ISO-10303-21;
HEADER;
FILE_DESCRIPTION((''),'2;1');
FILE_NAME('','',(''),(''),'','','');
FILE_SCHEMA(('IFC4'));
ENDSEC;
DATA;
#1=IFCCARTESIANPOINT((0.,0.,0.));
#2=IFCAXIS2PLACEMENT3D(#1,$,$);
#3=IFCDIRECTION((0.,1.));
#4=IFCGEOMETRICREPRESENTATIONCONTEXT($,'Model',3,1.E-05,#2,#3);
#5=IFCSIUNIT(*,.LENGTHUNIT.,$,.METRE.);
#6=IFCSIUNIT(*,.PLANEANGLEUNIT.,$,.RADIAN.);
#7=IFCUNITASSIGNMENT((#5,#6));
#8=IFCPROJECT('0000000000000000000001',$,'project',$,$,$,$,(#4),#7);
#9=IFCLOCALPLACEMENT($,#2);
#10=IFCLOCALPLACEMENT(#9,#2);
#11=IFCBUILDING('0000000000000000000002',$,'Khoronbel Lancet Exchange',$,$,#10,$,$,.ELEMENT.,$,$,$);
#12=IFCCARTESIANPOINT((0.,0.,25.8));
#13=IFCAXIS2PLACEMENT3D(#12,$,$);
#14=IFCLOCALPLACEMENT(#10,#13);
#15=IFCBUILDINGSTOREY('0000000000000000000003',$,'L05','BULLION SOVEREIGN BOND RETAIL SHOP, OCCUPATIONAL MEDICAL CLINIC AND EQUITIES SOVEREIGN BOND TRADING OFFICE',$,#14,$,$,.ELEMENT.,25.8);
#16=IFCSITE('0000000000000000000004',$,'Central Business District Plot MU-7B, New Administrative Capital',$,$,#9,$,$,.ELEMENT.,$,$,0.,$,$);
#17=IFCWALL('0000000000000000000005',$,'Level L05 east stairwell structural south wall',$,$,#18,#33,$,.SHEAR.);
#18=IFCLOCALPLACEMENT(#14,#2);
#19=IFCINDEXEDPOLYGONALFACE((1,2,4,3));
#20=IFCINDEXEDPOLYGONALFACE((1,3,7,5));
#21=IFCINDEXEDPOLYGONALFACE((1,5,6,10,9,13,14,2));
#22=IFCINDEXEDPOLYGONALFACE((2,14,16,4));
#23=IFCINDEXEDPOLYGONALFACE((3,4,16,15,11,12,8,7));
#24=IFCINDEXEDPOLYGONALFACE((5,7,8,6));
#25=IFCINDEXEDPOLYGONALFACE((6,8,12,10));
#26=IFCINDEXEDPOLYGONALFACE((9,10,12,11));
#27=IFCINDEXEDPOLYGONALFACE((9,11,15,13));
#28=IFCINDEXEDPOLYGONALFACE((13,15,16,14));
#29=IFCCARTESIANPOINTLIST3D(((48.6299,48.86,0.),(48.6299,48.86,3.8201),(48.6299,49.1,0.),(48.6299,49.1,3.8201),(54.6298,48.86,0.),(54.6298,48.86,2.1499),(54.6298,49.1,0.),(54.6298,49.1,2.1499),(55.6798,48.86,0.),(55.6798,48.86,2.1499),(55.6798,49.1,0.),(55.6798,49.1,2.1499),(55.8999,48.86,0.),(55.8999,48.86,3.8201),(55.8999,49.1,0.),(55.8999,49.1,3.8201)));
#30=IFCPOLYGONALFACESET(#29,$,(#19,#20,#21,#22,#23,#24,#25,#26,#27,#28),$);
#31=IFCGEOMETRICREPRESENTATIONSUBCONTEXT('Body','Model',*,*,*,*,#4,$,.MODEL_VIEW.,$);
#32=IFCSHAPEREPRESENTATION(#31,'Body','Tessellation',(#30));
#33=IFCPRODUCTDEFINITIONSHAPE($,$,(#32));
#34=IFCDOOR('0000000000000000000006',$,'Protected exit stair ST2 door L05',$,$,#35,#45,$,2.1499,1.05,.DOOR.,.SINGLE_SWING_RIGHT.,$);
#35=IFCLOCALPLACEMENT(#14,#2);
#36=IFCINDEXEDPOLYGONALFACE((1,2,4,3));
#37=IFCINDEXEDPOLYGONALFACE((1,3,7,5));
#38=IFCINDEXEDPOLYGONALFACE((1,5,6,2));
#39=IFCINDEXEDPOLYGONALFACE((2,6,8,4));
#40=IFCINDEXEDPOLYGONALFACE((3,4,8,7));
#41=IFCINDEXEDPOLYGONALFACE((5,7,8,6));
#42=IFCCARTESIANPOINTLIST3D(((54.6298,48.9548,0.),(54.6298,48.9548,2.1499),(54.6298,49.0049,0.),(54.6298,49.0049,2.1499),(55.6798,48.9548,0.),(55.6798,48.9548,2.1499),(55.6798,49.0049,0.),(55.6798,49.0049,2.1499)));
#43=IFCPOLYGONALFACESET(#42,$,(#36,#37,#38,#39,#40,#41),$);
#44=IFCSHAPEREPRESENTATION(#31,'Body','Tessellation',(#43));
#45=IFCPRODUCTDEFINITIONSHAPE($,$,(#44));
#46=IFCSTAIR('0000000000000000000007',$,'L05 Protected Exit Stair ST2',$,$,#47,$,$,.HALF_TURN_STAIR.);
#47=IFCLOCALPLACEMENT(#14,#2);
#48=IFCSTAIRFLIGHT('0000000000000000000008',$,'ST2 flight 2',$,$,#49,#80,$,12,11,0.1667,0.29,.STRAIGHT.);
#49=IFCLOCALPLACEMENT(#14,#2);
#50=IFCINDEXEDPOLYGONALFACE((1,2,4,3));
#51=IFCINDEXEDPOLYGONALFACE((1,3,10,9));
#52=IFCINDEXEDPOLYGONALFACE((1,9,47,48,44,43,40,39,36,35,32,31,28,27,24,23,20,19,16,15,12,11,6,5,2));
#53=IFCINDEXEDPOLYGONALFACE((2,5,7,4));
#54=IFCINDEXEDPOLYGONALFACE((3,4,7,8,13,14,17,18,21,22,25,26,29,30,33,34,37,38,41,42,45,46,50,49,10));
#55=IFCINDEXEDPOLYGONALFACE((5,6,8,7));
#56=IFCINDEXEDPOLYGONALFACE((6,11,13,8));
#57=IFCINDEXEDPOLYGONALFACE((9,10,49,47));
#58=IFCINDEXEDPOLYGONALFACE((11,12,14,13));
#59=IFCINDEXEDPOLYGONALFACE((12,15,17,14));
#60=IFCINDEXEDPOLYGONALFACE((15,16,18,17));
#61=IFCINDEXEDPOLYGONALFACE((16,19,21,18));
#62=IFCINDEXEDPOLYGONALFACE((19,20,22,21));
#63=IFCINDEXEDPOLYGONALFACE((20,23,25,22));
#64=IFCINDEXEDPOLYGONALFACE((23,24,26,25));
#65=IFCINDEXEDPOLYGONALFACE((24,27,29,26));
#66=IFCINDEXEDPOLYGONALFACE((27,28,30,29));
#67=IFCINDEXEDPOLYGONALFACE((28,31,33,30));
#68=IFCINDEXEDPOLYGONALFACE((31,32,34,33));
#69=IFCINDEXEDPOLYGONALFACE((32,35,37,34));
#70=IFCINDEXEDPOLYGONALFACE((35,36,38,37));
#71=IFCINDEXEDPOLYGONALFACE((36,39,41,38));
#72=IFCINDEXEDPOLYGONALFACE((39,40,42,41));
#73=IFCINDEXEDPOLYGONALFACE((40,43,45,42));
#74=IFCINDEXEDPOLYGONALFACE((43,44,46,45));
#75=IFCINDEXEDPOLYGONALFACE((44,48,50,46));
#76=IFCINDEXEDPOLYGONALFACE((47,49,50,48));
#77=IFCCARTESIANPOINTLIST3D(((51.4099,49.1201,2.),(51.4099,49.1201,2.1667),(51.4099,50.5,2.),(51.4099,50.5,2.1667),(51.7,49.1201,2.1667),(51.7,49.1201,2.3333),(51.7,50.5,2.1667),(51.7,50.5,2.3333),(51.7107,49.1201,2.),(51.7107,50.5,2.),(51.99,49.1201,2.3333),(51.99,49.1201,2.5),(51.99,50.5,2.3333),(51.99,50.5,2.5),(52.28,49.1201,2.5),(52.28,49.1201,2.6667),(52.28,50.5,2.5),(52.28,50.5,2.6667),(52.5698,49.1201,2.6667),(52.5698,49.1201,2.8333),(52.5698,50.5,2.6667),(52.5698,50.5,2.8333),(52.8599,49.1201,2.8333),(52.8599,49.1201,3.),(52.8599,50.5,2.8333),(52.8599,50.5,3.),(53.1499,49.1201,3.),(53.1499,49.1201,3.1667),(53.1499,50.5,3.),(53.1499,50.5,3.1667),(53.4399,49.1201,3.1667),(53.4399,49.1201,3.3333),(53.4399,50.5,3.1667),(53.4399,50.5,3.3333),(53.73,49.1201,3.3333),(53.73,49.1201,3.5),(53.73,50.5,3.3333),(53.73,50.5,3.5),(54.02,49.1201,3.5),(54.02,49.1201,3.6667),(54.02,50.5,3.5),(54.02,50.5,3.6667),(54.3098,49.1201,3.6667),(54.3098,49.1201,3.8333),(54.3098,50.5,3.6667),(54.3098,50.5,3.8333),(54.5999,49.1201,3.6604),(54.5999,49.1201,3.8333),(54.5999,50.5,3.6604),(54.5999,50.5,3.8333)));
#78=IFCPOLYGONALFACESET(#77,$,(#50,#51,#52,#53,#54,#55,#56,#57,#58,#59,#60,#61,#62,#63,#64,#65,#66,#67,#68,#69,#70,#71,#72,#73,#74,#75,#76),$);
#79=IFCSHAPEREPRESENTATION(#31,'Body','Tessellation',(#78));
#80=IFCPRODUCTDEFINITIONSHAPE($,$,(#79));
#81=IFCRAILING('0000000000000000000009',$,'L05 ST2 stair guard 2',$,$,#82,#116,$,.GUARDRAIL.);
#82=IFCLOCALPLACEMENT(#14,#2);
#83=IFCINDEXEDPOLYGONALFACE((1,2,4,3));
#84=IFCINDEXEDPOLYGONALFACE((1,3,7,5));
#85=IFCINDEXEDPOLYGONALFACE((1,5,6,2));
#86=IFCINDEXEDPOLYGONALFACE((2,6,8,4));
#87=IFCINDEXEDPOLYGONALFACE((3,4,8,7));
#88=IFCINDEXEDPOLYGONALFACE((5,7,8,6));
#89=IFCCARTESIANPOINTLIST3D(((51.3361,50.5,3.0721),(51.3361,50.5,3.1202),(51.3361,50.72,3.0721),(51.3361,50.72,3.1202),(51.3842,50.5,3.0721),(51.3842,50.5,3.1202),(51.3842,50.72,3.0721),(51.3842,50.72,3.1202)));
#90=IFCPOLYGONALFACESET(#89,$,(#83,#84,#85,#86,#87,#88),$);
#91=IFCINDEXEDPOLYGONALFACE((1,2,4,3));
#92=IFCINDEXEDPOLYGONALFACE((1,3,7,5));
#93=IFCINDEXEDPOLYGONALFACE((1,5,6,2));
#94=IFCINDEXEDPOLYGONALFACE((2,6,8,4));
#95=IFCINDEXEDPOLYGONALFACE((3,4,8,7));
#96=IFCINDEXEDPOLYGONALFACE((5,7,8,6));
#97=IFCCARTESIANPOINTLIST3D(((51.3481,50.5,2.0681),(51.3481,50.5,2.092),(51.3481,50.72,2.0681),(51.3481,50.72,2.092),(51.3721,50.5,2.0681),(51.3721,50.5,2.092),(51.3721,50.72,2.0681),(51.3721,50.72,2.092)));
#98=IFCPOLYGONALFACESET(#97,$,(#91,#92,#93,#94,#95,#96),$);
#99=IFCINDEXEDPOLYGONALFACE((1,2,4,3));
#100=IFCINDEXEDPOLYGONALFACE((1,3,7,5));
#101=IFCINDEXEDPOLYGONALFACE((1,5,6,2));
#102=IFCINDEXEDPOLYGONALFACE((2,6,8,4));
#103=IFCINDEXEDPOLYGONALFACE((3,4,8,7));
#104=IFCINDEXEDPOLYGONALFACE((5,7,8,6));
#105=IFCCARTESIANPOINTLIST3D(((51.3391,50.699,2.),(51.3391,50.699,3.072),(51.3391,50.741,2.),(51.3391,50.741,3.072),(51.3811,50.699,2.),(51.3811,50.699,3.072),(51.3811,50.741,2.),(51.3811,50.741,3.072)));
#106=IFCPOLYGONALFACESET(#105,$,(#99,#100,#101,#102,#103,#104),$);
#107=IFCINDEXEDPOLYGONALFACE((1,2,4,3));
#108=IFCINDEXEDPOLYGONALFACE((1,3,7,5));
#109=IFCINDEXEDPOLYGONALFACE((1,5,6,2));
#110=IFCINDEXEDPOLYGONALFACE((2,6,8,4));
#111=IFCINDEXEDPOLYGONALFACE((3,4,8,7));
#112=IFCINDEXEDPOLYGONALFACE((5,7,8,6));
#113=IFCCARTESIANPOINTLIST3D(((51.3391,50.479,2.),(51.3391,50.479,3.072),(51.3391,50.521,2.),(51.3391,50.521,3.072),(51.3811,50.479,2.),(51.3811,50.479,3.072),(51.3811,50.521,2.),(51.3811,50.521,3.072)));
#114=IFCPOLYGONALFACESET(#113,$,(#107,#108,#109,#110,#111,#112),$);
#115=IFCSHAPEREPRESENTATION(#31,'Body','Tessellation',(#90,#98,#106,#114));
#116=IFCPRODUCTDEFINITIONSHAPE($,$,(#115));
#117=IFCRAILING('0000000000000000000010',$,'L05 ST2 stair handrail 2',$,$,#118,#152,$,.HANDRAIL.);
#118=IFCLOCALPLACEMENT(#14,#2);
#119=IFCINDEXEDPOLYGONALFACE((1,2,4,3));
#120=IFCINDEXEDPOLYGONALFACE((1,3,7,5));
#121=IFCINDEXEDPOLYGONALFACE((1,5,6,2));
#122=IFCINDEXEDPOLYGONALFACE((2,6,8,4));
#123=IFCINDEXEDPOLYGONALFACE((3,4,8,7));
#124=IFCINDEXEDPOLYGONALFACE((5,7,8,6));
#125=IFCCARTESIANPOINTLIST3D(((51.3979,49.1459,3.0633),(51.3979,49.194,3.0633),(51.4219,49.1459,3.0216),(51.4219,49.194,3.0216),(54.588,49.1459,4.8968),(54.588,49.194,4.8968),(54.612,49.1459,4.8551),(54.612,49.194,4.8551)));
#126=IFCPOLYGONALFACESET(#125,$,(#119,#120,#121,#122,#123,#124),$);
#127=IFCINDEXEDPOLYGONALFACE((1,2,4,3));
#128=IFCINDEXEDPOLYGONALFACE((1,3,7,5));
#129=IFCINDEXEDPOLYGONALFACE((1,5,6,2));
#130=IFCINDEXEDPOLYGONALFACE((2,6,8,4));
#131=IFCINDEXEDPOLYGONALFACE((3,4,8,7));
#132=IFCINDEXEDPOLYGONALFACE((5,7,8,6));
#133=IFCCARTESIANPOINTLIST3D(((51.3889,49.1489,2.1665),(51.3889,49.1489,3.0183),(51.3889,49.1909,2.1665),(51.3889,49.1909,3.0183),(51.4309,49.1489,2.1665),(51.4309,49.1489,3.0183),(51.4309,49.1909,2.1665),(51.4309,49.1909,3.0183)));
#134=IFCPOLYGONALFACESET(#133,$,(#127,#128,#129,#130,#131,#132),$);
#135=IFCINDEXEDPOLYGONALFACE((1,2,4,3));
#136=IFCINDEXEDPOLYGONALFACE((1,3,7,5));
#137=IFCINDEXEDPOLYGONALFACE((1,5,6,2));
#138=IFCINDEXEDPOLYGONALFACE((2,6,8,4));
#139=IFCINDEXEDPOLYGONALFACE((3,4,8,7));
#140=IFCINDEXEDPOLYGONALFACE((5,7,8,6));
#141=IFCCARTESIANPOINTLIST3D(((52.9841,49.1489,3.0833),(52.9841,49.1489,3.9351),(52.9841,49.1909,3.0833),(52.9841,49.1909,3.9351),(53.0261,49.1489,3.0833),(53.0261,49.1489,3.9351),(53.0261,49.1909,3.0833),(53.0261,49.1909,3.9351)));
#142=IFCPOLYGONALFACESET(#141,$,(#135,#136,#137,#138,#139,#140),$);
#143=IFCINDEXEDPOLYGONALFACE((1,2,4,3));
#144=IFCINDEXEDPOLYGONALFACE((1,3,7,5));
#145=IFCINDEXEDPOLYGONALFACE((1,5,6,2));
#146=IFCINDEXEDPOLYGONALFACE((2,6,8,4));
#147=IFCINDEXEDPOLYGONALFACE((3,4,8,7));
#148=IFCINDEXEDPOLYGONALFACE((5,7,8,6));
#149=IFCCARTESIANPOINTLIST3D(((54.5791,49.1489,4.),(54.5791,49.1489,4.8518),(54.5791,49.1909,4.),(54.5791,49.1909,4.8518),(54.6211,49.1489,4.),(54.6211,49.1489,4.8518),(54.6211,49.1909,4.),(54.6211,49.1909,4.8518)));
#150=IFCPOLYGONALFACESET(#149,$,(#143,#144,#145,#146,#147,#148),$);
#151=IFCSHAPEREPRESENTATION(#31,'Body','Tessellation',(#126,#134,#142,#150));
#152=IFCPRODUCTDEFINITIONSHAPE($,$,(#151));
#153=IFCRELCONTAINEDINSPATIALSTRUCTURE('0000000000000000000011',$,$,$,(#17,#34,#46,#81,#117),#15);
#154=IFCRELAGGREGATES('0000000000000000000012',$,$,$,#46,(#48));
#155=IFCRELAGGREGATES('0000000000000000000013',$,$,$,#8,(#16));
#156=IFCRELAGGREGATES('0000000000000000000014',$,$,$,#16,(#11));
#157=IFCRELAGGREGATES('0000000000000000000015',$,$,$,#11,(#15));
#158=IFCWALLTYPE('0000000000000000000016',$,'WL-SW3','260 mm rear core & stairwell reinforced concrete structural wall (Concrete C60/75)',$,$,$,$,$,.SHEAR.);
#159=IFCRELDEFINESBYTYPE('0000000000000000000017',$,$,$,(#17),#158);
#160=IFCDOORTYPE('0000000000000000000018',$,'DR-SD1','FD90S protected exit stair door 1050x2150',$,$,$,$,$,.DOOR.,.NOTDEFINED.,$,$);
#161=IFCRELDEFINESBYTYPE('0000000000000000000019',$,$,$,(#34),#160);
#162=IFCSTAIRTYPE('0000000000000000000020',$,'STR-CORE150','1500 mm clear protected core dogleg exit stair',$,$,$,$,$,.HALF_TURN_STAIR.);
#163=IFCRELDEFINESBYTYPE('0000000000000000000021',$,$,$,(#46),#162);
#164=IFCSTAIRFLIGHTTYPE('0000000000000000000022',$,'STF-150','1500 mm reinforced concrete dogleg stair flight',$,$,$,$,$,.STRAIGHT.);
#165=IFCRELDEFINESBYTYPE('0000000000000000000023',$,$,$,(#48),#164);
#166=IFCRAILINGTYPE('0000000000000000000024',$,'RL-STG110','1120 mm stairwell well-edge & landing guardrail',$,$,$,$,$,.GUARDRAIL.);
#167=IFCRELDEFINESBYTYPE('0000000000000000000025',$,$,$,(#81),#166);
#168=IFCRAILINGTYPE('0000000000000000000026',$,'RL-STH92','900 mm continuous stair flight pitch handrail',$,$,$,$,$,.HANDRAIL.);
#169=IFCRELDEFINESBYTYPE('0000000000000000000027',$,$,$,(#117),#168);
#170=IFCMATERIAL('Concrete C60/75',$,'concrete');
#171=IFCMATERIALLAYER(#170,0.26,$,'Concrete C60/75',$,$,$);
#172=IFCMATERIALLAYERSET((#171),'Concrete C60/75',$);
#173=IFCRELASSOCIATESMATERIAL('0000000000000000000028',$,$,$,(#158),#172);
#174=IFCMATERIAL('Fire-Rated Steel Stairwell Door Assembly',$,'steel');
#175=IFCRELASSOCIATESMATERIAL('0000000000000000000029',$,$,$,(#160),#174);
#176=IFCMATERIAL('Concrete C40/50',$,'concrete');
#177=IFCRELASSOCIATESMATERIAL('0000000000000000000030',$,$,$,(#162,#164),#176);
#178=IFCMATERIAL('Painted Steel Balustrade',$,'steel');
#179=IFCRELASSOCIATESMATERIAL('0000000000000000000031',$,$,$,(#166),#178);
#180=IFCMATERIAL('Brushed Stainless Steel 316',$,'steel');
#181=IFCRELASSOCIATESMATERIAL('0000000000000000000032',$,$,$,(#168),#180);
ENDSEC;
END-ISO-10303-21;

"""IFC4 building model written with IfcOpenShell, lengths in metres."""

from ifc_helpers import new_model, si_unit, direction, frame, frame_2d, origin, origin_2d, place, context, subcontext, project, spatial, polyline, rectangle, outline, extrude, material, layer, layer_set, type_object, element, fill, aggregate, save


model = new_model("IFC4")

# Units and contexts
model_context = context("Model", 3, precision=1e-05, world=origin(), true_north=direction((0.0, 1.0)))
body_context = subcontext(model_context, "Body", "Model", "MODEL_VIEW")
ifc_project = project(units=[si_unit("LENGTHUNIT", "METRE"), si_unit("PLANEANGLEUNIT", "RADIAN")], contexts=[model_context])

# Site, building, storey
site_placement = place(None, origin())
site = spatial("IfcSite", under=ifc_project, at=site_placement, Name="Central Business District Plot MU-7B, New Administrative Capital", CompositionType="ELEMENT", RefElevation=0.0)
building_placement = place(site_placement, origin())
building = spatial("IfcBuilding", under=site, at=building_placement, Name="Khoronbel Lancet Exchange", CompositionType="ELEMENT")
storey_placement = place(building_placement, frame((0.0, 0.0, 25.8)))
storey = spatial("IfcBuildingStorey", under=building, at=storey_placement, Name="L05", Description="BULLION SOVEREIGN BOND RETAIL SHOP, OCCUPATIONAL MEDICAL CLINIC AND EQUITIES SOVEREIGN BOND TRADING OFFICE", CompositionType="ELEMENT", Elevation=25.8)

# Wall, opening, door
ifc_material_1 = material(Name="Concrete C60/75", Category="concrete")
ifc_layer_1 = layer(ifc_material_1, 0.26, Name="Concrete C60/75")
ifc_layer_set_1 = layer_set([ifc_layer_1], Name="Concrete C60/75")
wall_type_1 = type_object("IfcWallType", Name="WL-SW3", Description="260 mm rear core & stairwell reinforced concrete structural wall (Concrete C60/75)", PredefinedType="SHEAR", material=ifc_layer_set_1)
wall_1_placement = place(storey_placement, frame((48.6299, 48.98, 0.0), z_axis=(0.0, 0.0, 1.0), x_axis=(1.0, 0.0, 0.0)))
wall_1 = element("IfcWall", 1, at=wall_1_placement, inside=storey, type_object=wall_type_1, Name="Level L05 east stairwell structural south wall", PredefinedType="SHEAR", context=body_context, shape_type="SweptSolid", body=[
    extrude(rectangle(XDim=7.27, YDim=0.24, at=frame_2d((3.635, 0.0))), origin(), (0.0, 0.0, 1.0), 3.8201),
])
opening_1_placement = place(wall_1_placement, frame((6.0, 0.0, 0.0)))
opening_1 = element("IfcOpeningElement", 2, at=opening_1_placement, cuts=wall_1, PredefinedType="OPENING", context=body_context, shape_type="SweptSolid", body=[
    extrude(rectangle(XDim=1.05, YDim=2.1499, at=frame_2d((0.5249, 1.075))), frame((0.0, 0.1299, 0.0), z_axis=(0.0, -1.0, 0.0), x_axis=(1.0, 0.0, 0.0)), (0.0, 0.0, 1.0), 0.26),
])
ifc_material_2 = material(Name="Fire-Rated Steel Stairwell Door Assembly", Category="steel")
door_type_1 = type_object("IfcDoorType", Name="DR-SD1", Description="FD90S protected exit stair door 1050x2150", OperationType="NOTDEFINED", PredefinedType="DOOR", material=ifc_material_2)
door_1_placement = place(opening_1_placement, origin())
door_1 = element("IfcDoor", 3, at=door_1_placement, inside=storey, type_object=door_type_1, Name="Protected exit stair ST2 door L05", OperationType="SINGLE_SWING_RIGHT", OverallHeight=2.1499, OverallWidth=1.05, PredefinedType="DOOR", context=body_context, shape_type="SweptSolid", body=[
    extrude(rectangle(XDim=1.05, YDim=2.1499, at=frame_2d((0.5249, 1.075))), frame((0.0, 0.0249, 0.0), z_axis=(0.0, -1.0, 0.0), x_axis=(1.0, 0.0, 0.0)), (0.0, 0.0, 1.0), 0.05),
])
fill(opening_1, door_1)

# Stair, stair flight
ifc_material_3 = material(Name="Concrete C40/50", Category="concrete")
stair_type = type_object("IfcStairType", Name="STR-CORE150", Description="1500 mm clear protected core dogleg exit stair", PredefinedType="HALF_TURN_STAIR", material=ifc_material_3)
stair_placement = place(storey_placement, origin())
stair = element("IfcStair", 4, at=stair_placement, inside=storey, type_object=stair_type, Name="L05 Protected Exit Stair ST2", PredefinedType="HALF_TURN_STAIR")
stair_flight_type = type_object("IfcStairFlightType", Name="STF-150", Description="1500 mm reinforced concrete dogleg stair flight", PredefinedType="STRAIGHT", material=ifc_material_3)
stair_flight_placement = place(storey_placement, frame((51.4099, 49.8101, 2.0), z_axis=(0.0, 0.0, 1.0), x_axis=(1.0, 0.0, 0.0)))
stair_flight = element("IfcStairFlight", 5, at=stair_flight_placement, type_object=stair_flight_type, Name="ST2 flight 2", NumberOfRisers=12, NumberOfTreads=11, PredefinedType="STRAIGHT", RiserHeight=0.1667, TreadLength=0.29, context=body_context, shape_type="SweptSolid", body=[
    extrude(outline(polyline([(0.0, 0.0), (0.0, 0.1667), (0.29, 0.1667), (0.29, 0.3333), (0.5801, 0.3333), (0.5801, 0.5), (0.8701, 0.5), (0.8701, 0.6667), (1.1599, 0.6667), (1.1599, 0.8333), (1.45, 0.8333), (1.45, 1.0), (1.74, 1.0), (1.74, 1.1667), (2.03, 1.1667), (2.03, 1.3333), (2.3201, 1.3333), (2.3201, 1.5), (2.6101, 1.5), (2.6101, 1.6667), (2.8999, 1.6667), (2.8999, 1.8333), (3.1899, 1.8333), (3.1899, 2.0), (3.1899, 1.6604), (0.3008, 0.0), (0.0, 0.0)])), frame((0.0, 0.6899, 0.0), z_axis=(0.0, -1.0, 0.0), x_axis=(1.0, 0.0, 0.0)), (0.0, 0.0, 1.0), 1.3799),
])
aggregate(stair, [stair_flight])

# Railings
ifc_material_4 = material(Name="Painted Steel Balustrade", Category="steel")
railing_type_1 = type_object("IfcRailingType", Name="RL-STG110", Description="1120 mm stairwell well-edge & landing guardrail", PredefinedType="GUARDRAIL", material=ifc_material_4)
railing_1_placement = place(storey_placement, frame((51.3601, 50.72, 2.0)))
element("IfcRailing", 6, at=railing_1_placement, inside=storey, type_object=railing_type_1, Name="L05 ST2 stair guard 2", PredefinedType="GUARDRAIL", context=body_context, shape_type="SweptSolid", body=[
    extrude(rectangle(XDim=0.0481, YDim=0.0481, at=origin_2d()), frame((0.0, 0.0, 1.0962), z_axis=(0.0, -1.0, 0.0), x_axis=(1.0, 0.0, 0.0)), (0.0, 0.0, 1.0), 0.22),
    extrude(rectangle(XDim=0.0239, YDim=0.0239, at=origin_2d()), frame((0.0, 0.0, 0.0801), z_axis=(0.0, -1.0, 0.0), x_axis=(1.0, 0.0, 0.0)), (0.0, 0.0, 1.0), 0.22),
    extrude(rectangle(XDim=0.042, YDim=0.042, at=origin_2d()), origin(), (0.0, 0.0, 1.0), 1.072),
    extrude(rectangle(XDim=0.042, YDim=0.042, at=origin_2d()), frame((0.0, -0.22, 0.0)), (0.0, 0.0, 1.0), 1.072),
])
ifc_material_5 = material(Name="Brushed Stainless Steel 316", Category="steel")
railing_type_2 = type_object("IfcRailingType", Name="RL-STH92", Description="900 mm continuous stair flight pitch handrail", PredefinedType="HANDRAIL", material=ifc_material_5)
railing_2_placement = place(storey_placement, frame((51.4099, 49.1699, 2.1665)))
element("IfcRailing", 7, at=railing_2_placement, inside=storey, type_object=railing_type_2, Name="L05 ST2 stair handrail 2", PredefinedType="HANDRAIL", context=body_context, shape_type="SweptSolid", body=[
    extrude(rectangle(XDim=0.0481, YDim=0.0481, at=origin_2d()), frame((0.0, 0.0, 0.876), z_axis=(0.867007, 0.0, 0.498295), x_axis=(0.0, 1.0, 0.0)), (0.0, 0.0, 1.0), 3.6794),
    extrude(rectangle(XDim=0.042, YDim=0.042, at=origin_2d()), origin(), (0.0, 0.0, 1.0), 0.8518),
    extrude(rectangle(XDim=0.042, YDim=0.042, at=origin_2d()), frame((1.5952, 0.0, 0.9167)), (0.0, 0.0, 1.0), 0.8518),
    extrude(rectangle(XDim=0.042, YDim=0.042, at=origin_2d()), frame((3.1902, 0.0, 1.8335)), (0.0, 0.0, 1.0), 0.8518),
])

save(model, "model.ifc")
